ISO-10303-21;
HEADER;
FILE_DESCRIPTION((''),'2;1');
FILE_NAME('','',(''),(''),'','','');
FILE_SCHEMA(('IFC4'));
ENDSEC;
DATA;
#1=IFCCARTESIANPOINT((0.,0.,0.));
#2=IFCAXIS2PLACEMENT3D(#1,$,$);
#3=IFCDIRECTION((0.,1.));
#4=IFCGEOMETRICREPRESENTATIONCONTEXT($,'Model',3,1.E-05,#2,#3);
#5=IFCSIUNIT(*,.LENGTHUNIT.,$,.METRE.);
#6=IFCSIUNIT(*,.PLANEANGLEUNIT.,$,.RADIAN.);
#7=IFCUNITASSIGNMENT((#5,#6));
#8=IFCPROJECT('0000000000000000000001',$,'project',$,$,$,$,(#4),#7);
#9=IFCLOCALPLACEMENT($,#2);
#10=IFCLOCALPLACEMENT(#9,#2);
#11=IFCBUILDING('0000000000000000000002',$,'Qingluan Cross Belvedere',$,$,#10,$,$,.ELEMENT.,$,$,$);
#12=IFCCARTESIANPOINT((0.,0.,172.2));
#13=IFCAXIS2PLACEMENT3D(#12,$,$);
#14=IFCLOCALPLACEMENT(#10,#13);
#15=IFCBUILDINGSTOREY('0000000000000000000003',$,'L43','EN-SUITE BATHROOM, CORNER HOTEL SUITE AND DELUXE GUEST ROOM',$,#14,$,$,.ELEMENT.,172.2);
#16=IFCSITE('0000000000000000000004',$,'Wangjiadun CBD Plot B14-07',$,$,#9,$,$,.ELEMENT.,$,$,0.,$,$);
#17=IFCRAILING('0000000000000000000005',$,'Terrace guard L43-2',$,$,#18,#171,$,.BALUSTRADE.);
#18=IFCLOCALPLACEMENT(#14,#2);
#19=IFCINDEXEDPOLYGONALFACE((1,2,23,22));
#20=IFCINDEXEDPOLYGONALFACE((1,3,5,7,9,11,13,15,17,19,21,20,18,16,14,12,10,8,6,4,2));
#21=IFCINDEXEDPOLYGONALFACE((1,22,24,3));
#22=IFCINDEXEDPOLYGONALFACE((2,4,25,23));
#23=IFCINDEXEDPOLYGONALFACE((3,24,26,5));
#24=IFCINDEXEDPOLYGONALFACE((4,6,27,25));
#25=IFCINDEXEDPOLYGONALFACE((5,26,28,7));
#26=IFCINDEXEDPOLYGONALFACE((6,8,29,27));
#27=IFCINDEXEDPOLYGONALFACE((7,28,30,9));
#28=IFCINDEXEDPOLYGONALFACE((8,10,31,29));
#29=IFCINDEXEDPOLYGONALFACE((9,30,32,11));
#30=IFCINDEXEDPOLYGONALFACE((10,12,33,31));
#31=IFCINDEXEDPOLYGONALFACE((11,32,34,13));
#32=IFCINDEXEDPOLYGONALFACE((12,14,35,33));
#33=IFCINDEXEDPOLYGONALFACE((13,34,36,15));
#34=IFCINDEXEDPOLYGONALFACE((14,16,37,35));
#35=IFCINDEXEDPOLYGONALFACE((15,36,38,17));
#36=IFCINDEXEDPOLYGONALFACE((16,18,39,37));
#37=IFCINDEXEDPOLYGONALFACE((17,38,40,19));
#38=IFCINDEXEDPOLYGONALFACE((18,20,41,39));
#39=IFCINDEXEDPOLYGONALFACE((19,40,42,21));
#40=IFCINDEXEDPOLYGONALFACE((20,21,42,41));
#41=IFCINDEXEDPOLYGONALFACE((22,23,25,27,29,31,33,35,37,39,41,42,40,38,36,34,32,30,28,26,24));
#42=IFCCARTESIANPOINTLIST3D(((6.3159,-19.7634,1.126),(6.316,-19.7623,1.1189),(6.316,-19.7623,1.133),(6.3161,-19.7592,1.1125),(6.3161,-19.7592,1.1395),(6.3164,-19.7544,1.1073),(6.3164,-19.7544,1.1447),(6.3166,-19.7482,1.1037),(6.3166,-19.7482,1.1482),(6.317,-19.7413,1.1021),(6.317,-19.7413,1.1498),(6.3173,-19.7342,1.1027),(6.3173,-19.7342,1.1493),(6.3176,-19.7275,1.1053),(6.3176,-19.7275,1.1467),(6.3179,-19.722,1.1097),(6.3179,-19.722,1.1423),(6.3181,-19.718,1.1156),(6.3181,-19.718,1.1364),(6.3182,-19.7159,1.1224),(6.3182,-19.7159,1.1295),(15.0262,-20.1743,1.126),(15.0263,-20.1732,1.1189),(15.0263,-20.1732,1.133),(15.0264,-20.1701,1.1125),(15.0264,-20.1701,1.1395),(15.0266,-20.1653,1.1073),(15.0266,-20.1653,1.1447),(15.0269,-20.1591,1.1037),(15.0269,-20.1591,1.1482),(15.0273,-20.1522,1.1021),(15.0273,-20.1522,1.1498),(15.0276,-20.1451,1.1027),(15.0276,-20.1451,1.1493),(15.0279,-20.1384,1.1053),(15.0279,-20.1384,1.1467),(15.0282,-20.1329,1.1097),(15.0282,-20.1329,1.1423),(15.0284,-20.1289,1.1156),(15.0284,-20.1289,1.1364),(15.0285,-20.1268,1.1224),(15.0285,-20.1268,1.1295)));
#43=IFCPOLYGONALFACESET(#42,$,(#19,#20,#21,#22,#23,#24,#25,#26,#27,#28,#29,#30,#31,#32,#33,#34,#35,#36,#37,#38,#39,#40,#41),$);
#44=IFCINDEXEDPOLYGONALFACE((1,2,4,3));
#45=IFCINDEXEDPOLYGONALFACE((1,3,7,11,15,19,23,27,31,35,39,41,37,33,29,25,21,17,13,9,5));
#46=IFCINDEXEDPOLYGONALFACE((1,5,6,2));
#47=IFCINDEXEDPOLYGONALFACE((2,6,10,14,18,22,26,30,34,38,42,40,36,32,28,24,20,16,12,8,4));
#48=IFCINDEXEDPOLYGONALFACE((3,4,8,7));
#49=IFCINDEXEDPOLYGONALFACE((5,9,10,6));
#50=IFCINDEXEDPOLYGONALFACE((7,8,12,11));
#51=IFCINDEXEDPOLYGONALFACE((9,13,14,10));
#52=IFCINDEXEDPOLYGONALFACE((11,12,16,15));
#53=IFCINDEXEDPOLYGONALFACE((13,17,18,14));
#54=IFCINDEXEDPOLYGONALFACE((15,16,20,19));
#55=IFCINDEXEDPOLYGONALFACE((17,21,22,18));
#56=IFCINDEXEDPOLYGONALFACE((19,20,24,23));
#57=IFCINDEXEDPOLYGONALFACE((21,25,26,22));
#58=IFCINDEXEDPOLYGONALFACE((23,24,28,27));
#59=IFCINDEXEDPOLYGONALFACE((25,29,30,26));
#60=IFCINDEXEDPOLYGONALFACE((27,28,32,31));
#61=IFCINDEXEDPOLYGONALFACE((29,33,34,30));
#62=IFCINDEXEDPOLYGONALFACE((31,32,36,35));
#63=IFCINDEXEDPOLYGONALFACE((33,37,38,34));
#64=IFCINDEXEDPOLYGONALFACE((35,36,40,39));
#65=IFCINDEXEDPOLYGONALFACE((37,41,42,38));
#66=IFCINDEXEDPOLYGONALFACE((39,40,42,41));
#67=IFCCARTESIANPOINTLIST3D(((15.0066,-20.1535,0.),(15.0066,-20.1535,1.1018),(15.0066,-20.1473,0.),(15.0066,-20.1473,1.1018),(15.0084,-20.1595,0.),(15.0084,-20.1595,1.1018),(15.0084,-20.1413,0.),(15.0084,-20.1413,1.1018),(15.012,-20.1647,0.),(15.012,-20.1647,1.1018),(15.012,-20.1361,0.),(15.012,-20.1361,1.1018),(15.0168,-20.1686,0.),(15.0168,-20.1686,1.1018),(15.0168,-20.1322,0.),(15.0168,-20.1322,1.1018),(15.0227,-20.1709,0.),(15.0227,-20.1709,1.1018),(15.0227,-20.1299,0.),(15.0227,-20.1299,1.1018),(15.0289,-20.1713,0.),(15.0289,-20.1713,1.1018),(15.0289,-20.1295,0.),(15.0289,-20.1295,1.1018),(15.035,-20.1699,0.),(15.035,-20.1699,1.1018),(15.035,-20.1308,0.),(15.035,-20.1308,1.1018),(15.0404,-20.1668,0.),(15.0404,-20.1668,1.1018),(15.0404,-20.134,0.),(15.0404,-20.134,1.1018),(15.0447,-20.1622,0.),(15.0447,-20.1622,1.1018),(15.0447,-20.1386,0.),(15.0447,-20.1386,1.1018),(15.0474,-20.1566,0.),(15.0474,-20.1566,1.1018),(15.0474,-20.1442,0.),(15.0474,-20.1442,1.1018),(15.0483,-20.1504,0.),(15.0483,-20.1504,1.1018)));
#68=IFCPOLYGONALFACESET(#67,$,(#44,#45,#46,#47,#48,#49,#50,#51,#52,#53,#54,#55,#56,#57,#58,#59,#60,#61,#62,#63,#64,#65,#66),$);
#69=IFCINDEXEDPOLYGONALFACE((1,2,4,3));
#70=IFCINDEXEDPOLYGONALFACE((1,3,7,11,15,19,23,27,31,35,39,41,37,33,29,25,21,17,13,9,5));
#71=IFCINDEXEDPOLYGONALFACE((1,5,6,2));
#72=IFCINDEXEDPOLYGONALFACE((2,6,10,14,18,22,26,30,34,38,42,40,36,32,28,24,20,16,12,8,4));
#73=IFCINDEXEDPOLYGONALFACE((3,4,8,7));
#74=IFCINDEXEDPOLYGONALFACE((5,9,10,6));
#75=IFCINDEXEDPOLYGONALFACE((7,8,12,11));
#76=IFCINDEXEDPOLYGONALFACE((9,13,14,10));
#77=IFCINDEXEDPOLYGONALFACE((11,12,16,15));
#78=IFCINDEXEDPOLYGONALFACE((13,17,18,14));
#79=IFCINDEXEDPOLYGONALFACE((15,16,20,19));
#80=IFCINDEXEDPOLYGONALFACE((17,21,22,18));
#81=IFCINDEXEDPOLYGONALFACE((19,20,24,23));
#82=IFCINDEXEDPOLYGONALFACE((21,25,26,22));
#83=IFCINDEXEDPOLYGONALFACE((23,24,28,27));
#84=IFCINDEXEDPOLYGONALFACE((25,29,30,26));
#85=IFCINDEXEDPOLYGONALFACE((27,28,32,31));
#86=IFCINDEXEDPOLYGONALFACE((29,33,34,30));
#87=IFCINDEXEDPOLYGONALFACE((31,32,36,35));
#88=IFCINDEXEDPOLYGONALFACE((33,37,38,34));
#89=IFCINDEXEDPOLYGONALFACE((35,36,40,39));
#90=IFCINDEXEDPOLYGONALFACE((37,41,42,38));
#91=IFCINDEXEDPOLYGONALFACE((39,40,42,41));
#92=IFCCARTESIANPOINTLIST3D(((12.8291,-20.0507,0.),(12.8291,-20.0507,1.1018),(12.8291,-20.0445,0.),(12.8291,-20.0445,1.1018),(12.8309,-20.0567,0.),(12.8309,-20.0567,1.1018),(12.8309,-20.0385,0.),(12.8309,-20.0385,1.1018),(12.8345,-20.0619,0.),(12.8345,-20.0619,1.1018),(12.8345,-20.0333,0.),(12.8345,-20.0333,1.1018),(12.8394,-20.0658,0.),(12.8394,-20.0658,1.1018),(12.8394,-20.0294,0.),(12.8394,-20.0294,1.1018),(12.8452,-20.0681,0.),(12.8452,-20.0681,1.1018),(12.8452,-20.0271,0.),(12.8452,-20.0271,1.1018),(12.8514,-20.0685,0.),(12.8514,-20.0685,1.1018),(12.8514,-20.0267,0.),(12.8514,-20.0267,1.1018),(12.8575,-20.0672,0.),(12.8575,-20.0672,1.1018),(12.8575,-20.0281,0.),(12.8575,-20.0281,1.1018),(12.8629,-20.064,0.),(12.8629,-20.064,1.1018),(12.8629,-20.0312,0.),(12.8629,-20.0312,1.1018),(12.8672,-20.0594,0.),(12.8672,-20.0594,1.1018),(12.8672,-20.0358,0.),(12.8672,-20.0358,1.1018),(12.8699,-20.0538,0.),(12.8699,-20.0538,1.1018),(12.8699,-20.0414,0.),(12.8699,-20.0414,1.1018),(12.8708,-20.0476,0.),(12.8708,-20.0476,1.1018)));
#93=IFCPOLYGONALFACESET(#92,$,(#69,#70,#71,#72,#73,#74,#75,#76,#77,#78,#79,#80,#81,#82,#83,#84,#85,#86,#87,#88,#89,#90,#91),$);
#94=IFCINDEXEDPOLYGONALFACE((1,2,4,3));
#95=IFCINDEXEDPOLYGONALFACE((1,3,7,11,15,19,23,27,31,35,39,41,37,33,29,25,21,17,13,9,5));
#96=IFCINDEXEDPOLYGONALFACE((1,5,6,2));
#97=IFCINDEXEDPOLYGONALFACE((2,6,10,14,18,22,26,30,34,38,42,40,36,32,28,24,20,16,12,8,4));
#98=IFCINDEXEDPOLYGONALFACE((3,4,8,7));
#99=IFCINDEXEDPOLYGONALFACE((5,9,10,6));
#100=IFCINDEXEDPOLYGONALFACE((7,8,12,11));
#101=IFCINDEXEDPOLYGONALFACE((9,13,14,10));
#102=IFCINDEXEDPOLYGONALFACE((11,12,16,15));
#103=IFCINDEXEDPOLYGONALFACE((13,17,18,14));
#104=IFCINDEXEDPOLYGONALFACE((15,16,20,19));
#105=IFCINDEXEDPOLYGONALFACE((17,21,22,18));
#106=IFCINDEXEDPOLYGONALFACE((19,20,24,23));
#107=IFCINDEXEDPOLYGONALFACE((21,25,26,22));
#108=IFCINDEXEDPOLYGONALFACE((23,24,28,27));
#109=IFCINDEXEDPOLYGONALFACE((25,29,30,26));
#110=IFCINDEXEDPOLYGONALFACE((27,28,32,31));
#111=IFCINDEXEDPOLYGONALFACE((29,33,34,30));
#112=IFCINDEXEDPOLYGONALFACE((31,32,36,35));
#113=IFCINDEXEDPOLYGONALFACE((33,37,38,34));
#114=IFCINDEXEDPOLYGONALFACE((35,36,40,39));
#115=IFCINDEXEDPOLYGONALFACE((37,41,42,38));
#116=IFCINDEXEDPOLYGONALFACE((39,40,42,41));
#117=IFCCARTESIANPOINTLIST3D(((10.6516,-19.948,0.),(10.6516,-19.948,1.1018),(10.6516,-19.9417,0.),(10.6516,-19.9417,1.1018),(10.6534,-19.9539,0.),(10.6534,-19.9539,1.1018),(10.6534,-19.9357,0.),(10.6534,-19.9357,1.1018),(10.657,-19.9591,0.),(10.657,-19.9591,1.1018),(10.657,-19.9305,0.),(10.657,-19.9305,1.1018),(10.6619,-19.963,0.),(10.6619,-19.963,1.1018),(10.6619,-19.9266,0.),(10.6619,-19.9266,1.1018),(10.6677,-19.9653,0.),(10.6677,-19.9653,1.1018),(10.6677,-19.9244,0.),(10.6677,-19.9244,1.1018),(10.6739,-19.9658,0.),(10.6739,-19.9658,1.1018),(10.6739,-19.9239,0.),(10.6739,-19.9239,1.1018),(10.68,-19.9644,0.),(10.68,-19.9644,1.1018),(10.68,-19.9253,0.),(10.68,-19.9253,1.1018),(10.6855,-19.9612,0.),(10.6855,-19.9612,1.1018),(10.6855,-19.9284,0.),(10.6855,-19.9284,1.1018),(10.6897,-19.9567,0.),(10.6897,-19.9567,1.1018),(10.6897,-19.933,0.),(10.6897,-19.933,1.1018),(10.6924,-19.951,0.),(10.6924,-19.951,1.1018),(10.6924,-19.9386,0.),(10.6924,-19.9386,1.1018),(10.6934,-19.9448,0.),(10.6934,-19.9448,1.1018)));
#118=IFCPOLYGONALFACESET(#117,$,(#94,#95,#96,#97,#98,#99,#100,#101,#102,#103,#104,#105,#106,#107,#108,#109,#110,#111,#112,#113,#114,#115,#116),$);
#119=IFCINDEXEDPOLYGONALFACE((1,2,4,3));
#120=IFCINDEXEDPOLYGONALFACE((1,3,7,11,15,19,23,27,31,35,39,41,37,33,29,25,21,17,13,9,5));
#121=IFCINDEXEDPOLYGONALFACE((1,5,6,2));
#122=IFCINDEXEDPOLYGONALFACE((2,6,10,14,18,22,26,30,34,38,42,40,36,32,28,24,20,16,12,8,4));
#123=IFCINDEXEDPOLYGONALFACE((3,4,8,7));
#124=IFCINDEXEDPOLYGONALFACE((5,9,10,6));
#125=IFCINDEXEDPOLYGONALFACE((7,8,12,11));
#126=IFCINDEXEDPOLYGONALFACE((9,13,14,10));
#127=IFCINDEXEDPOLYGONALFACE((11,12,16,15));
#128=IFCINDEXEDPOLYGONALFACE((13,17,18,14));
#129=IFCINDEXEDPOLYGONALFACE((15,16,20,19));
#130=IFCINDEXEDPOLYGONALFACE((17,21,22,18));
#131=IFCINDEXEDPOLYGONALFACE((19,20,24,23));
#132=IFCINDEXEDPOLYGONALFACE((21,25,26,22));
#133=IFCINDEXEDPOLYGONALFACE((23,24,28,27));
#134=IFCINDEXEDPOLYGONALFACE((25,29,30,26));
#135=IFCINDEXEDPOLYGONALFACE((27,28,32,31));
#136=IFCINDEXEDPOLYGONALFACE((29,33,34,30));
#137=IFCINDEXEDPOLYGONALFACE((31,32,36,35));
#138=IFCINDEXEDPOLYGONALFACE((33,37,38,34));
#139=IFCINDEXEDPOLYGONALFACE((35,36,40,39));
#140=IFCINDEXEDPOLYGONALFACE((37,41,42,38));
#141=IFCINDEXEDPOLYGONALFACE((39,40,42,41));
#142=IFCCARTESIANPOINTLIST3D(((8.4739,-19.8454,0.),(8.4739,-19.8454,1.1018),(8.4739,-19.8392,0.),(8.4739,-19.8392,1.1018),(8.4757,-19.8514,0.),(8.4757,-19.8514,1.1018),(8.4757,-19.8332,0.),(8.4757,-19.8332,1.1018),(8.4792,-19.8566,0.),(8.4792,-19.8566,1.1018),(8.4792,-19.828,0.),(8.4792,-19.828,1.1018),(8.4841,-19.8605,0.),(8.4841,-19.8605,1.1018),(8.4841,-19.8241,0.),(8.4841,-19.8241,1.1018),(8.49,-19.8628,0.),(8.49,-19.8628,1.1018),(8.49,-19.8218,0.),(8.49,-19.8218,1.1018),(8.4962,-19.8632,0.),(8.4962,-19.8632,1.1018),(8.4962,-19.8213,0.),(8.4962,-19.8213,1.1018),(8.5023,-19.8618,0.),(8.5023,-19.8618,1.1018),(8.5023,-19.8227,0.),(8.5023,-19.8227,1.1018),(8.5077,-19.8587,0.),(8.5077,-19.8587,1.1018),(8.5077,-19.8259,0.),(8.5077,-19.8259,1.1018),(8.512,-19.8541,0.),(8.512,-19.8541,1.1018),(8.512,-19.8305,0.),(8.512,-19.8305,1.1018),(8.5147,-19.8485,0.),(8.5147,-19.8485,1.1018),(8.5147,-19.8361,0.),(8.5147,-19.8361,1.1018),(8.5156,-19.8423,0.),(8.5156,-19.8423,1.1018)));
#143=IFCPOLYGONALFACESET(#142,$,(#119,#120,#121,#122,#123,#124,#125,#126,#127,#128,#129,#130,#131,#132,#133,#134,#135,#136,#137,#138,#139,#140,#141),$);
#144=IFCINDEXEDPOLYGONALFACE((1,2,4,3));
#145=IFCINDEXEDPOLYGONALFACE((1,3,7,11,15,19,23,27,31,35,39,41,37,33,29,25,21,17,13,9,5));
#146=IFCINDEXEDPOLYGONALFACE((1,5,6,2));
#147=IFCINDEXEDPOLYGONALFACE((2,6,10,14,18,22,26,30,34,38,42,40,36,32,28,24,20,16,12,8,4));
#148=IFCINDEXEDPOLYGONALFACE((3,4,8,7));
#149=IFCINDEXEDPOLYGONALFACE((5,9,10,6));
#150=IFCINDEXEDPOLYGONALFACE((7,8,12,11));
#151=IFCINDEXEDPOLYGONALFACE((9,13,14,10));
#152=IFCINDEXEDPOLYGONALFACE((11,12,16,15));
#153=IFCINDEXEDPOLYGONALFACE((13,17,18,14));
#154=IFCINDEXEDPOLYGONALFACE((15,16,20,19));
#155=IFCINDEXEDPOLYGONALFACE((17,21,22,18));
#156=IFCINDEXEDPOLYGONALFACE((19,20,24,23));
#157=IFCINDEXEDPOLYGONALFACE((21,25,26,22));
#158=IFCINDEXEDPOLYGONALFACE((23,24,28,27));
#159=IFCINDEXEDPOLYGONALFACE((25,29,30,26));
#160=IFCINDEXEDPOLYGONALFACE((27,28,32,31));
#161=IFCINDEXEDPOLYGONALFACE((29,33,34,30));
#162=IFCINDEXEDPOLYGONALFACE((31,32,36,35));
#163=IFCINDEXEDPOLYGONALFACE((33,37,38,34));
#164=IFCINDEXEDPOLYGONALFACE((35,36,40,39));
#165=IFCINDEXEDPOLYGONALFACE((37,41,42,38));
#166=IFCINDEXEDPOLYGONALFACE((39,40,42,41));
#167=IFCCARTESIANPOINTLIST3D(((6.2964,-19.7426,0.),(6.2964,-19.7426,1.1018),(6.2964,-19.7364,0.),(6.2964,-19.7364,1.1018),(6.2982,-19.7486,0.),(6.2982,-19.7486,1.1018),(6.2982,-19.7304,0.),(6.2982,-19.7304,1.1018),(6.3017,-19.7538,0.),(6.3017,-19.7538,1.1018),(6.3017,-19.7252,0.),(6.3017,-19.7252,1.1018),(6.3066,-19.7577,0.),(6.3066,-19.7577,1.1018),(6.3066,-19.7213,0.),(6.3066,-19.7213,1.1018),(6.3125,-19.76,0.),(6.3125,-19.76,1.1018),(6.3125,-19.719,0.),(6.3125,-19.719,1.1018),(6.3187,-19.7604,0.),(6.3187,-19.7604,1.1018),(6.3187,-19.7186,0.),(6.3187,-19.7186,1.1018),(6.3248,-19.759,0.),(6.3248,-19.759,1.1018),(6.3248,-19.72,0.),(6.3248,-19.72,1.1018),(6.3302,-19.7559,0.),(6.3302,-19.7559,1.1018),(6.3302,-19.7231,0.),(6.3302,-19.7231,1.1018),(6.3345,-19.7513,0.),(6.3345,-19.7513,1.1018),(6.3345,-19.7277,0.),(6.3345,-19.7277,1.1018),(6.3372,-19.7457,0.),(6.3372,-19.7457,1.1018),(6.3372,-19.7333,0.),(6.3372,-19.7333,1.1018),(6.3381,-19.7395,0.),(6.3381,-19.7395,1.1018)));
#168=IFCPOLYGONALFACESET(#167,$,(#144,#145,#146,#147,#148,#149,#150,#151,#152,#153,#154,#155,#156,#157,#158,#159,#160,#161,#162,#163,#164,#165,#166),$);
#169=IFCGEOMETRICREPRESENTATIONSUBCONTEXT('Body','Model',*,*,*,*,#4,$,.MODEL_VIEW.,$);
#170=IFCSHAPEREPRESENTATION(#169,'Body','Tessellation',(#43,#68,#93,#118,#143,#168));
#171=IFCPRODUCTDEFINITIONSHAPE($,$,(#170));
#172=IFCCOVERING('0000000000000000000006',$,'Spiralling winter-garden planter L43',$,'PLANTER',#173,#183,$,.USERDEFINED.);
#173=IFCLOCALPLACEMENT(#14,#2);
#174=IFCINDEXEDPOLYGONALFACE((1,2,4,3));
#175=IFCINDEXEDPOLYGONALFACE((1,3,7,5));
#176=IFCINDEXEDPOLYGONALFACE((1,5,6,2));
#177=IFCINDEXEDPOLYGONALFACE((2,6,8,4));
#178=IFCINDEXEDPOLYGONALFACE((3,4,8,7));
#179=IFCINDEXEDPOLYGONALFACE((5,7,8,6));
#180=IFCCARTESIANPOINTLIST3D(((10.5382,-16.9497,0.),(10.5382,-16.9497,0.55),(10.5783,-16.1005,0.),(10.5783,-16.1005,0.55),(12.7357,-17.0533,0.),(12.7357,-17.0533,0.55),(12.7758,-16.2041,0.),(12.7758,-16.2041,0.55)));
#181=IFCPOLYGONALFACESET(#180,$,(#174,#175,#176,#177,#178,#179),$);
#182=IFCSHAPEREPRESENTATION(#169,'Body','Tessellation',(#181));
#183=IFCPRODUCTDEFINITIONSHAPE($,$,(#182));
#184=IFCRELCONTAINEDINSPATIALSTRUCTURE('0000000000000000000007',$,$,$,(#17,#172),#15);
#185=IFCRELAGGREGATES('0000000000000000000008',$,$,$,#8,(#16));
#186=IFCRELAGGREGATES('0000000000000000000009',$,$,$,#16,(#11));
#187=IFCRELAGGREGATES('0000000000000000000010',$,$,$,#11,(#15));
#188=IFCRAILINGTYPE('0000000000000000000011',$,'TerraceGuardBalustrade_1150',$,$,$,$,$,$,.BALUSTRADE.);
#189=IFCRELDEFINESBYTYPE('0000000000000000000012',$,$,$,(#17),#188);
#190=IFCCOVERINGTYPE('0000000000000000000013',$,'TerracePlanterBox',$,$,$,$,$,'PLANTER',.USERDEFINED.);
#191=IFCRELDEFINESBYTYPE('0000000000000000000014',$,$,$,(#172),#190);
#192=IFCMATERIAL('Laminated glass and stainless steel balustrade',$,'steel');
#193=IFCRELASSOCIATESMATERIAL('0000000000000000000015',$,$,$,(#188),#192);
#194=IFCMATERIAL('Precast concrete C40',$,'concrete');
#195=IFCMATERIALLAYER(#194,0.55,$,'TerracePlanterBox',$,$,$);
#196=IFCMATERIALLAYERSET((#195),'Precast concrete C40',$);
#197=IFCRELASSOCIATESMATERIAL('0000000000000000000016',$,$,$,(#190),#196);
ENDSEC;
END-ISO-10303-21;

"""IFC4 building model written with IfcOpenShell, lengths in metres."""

from ifc_helpers import new_model, si_unit, direction, frame, origin, origin_2d, place, context, subcontext, project, spatial, rectangle, circle, extrude, material, layer, layer_set, type_object, element, save


model = new_model("IFC4")

# Units and contexts
model_context = context("Model", 3, precision=1e-05, world=origin(), true_north=direction((0.0, 1.0)))
body_context = subcontext(model_context, "Body", "Model", "MODEL_VIEW")
ifc_project = project(units=[si_unit("LENGTHUNIT", "METRE"), si_unit("PLANEANGLEUNIT", "RADIAN")], contexts=[model_context])

# Site, building, storey
site_placement = place(None, origin())
site = spatial("IfcSite", under=ifc_project, at=site_placement, Name="Wangjiadun CBD Plot B14-07", CompositionType="ELEMENT", RefElevation=0.0)
building_placement = place(site_placement, origin())
building = spatial("IfcBuilding", under=site, at=building_placement, Name="Qingluan Cross Belvedere", CompositionType="ELEMENT")
storey_placement = place(building_placement, frame((0.0, 0.0, 172.2)))
storey = spatial("IfcBuildingStorey", under=building, at=storey_placement, Name="L43", Description="EN-SUITE BATHROOM, CORNER HOTEL SUITE AND DELUXE GUEST ROOM", CompositionType="ELEMENT", Elevation=172.2)

# Railing
ifc_material_1 = material(Name="Laminated glass and stainless steel balustrade", Category="steel")
railing_type = type_object("IfcRailingType", Name="TerraceGuardBalustrade_1150", PredefinedType="BALUSTRADE", material=ifc_material_1)
railing_placement = place(storey_placement, frame((15.0273, -20.1504, 0.0)))
element("IfcRailing", 1, at=railing_placement, inside=storey, type_object=railing_type, Name="Terrace guard L43-2", PredefinedType="BALUSTRADE", context=body_context, shape_type="SweptSolid", body=[
    extrude(circle(Radius=0.0239, at=origin_2d()), frame((0.0, 0.0, 1.126), z_axis=(-0.998889, 0.047121, 0.0), x_axis=(-0.047121, -0.998889, 0.0)), (0.0, 0.0, 1.0), 8.72),
    extrude(circle(Radius=0.021, at=origin_2d()), origin(), (0.0, 0.0, 1.0), 1.1018),
    extrude(circle(Radius=0.021, at=origin_2d()), frame((-2.1775, 0.1028, 0.0)), (0.0, 0.0, 1.0), 1.1018),
    extrude(circle(Radius=0.021, at=origin_2d()), frame((-4.355, 0.2056, 0.0)), (0.0, 0.0, 1.0), 1.1018),
    extrude(circle(Radius=0.021, at=origin_2d()), frame((-6.5327, 0.3081, 0.0)), (0.0, 0.0, 1.0), 1.1018),
    extrude(circle(Radius=0.021, at=origin_2d()), frame((-8.7102, 0.4109, 0.0)), (0.0, 0.0, 1.0), 1.1018),
])

# Covering
ifc_material_2 = material(Name="Precast concrete C40", Category="concrete")
ifc_layer_1 = layer(ifc_material_2, 0.55, Name="TerracePlanterBox")
ifc_layer_set_1 = layer_set([ifc_layer_1], Name="Precast concrete C40")
covering_type = type_object("IfcCoveringType", Name="TerracePlanterBox", ElementType="PLANTER", PredefinedType="USERDEFINED", material=ifc_layer_set_1)
covering_placement = place(storey_placement, frame((11.657, -16.5769, 0.0), z_axis=(0.0, 0.0, 1.0), x_axis=(0.99889, -0.047106, 0.0)))
element("IfcCovering", 2, at=covering_placement, inside=storey, type_object=covering_type, Name="Spiralling winter-garden planter L43", ObjectType="PLANTER", PredefinedType="USERDEFINED", context=body_context, shape_type="SweptSolid", body=[
    extrude(rectangle(XDim=2.2, YDim=0.8501, at=origin_2d()), origin(), (0.0, 0.0, 1.0), 0.55),
])

save(model, "model.ifc")
